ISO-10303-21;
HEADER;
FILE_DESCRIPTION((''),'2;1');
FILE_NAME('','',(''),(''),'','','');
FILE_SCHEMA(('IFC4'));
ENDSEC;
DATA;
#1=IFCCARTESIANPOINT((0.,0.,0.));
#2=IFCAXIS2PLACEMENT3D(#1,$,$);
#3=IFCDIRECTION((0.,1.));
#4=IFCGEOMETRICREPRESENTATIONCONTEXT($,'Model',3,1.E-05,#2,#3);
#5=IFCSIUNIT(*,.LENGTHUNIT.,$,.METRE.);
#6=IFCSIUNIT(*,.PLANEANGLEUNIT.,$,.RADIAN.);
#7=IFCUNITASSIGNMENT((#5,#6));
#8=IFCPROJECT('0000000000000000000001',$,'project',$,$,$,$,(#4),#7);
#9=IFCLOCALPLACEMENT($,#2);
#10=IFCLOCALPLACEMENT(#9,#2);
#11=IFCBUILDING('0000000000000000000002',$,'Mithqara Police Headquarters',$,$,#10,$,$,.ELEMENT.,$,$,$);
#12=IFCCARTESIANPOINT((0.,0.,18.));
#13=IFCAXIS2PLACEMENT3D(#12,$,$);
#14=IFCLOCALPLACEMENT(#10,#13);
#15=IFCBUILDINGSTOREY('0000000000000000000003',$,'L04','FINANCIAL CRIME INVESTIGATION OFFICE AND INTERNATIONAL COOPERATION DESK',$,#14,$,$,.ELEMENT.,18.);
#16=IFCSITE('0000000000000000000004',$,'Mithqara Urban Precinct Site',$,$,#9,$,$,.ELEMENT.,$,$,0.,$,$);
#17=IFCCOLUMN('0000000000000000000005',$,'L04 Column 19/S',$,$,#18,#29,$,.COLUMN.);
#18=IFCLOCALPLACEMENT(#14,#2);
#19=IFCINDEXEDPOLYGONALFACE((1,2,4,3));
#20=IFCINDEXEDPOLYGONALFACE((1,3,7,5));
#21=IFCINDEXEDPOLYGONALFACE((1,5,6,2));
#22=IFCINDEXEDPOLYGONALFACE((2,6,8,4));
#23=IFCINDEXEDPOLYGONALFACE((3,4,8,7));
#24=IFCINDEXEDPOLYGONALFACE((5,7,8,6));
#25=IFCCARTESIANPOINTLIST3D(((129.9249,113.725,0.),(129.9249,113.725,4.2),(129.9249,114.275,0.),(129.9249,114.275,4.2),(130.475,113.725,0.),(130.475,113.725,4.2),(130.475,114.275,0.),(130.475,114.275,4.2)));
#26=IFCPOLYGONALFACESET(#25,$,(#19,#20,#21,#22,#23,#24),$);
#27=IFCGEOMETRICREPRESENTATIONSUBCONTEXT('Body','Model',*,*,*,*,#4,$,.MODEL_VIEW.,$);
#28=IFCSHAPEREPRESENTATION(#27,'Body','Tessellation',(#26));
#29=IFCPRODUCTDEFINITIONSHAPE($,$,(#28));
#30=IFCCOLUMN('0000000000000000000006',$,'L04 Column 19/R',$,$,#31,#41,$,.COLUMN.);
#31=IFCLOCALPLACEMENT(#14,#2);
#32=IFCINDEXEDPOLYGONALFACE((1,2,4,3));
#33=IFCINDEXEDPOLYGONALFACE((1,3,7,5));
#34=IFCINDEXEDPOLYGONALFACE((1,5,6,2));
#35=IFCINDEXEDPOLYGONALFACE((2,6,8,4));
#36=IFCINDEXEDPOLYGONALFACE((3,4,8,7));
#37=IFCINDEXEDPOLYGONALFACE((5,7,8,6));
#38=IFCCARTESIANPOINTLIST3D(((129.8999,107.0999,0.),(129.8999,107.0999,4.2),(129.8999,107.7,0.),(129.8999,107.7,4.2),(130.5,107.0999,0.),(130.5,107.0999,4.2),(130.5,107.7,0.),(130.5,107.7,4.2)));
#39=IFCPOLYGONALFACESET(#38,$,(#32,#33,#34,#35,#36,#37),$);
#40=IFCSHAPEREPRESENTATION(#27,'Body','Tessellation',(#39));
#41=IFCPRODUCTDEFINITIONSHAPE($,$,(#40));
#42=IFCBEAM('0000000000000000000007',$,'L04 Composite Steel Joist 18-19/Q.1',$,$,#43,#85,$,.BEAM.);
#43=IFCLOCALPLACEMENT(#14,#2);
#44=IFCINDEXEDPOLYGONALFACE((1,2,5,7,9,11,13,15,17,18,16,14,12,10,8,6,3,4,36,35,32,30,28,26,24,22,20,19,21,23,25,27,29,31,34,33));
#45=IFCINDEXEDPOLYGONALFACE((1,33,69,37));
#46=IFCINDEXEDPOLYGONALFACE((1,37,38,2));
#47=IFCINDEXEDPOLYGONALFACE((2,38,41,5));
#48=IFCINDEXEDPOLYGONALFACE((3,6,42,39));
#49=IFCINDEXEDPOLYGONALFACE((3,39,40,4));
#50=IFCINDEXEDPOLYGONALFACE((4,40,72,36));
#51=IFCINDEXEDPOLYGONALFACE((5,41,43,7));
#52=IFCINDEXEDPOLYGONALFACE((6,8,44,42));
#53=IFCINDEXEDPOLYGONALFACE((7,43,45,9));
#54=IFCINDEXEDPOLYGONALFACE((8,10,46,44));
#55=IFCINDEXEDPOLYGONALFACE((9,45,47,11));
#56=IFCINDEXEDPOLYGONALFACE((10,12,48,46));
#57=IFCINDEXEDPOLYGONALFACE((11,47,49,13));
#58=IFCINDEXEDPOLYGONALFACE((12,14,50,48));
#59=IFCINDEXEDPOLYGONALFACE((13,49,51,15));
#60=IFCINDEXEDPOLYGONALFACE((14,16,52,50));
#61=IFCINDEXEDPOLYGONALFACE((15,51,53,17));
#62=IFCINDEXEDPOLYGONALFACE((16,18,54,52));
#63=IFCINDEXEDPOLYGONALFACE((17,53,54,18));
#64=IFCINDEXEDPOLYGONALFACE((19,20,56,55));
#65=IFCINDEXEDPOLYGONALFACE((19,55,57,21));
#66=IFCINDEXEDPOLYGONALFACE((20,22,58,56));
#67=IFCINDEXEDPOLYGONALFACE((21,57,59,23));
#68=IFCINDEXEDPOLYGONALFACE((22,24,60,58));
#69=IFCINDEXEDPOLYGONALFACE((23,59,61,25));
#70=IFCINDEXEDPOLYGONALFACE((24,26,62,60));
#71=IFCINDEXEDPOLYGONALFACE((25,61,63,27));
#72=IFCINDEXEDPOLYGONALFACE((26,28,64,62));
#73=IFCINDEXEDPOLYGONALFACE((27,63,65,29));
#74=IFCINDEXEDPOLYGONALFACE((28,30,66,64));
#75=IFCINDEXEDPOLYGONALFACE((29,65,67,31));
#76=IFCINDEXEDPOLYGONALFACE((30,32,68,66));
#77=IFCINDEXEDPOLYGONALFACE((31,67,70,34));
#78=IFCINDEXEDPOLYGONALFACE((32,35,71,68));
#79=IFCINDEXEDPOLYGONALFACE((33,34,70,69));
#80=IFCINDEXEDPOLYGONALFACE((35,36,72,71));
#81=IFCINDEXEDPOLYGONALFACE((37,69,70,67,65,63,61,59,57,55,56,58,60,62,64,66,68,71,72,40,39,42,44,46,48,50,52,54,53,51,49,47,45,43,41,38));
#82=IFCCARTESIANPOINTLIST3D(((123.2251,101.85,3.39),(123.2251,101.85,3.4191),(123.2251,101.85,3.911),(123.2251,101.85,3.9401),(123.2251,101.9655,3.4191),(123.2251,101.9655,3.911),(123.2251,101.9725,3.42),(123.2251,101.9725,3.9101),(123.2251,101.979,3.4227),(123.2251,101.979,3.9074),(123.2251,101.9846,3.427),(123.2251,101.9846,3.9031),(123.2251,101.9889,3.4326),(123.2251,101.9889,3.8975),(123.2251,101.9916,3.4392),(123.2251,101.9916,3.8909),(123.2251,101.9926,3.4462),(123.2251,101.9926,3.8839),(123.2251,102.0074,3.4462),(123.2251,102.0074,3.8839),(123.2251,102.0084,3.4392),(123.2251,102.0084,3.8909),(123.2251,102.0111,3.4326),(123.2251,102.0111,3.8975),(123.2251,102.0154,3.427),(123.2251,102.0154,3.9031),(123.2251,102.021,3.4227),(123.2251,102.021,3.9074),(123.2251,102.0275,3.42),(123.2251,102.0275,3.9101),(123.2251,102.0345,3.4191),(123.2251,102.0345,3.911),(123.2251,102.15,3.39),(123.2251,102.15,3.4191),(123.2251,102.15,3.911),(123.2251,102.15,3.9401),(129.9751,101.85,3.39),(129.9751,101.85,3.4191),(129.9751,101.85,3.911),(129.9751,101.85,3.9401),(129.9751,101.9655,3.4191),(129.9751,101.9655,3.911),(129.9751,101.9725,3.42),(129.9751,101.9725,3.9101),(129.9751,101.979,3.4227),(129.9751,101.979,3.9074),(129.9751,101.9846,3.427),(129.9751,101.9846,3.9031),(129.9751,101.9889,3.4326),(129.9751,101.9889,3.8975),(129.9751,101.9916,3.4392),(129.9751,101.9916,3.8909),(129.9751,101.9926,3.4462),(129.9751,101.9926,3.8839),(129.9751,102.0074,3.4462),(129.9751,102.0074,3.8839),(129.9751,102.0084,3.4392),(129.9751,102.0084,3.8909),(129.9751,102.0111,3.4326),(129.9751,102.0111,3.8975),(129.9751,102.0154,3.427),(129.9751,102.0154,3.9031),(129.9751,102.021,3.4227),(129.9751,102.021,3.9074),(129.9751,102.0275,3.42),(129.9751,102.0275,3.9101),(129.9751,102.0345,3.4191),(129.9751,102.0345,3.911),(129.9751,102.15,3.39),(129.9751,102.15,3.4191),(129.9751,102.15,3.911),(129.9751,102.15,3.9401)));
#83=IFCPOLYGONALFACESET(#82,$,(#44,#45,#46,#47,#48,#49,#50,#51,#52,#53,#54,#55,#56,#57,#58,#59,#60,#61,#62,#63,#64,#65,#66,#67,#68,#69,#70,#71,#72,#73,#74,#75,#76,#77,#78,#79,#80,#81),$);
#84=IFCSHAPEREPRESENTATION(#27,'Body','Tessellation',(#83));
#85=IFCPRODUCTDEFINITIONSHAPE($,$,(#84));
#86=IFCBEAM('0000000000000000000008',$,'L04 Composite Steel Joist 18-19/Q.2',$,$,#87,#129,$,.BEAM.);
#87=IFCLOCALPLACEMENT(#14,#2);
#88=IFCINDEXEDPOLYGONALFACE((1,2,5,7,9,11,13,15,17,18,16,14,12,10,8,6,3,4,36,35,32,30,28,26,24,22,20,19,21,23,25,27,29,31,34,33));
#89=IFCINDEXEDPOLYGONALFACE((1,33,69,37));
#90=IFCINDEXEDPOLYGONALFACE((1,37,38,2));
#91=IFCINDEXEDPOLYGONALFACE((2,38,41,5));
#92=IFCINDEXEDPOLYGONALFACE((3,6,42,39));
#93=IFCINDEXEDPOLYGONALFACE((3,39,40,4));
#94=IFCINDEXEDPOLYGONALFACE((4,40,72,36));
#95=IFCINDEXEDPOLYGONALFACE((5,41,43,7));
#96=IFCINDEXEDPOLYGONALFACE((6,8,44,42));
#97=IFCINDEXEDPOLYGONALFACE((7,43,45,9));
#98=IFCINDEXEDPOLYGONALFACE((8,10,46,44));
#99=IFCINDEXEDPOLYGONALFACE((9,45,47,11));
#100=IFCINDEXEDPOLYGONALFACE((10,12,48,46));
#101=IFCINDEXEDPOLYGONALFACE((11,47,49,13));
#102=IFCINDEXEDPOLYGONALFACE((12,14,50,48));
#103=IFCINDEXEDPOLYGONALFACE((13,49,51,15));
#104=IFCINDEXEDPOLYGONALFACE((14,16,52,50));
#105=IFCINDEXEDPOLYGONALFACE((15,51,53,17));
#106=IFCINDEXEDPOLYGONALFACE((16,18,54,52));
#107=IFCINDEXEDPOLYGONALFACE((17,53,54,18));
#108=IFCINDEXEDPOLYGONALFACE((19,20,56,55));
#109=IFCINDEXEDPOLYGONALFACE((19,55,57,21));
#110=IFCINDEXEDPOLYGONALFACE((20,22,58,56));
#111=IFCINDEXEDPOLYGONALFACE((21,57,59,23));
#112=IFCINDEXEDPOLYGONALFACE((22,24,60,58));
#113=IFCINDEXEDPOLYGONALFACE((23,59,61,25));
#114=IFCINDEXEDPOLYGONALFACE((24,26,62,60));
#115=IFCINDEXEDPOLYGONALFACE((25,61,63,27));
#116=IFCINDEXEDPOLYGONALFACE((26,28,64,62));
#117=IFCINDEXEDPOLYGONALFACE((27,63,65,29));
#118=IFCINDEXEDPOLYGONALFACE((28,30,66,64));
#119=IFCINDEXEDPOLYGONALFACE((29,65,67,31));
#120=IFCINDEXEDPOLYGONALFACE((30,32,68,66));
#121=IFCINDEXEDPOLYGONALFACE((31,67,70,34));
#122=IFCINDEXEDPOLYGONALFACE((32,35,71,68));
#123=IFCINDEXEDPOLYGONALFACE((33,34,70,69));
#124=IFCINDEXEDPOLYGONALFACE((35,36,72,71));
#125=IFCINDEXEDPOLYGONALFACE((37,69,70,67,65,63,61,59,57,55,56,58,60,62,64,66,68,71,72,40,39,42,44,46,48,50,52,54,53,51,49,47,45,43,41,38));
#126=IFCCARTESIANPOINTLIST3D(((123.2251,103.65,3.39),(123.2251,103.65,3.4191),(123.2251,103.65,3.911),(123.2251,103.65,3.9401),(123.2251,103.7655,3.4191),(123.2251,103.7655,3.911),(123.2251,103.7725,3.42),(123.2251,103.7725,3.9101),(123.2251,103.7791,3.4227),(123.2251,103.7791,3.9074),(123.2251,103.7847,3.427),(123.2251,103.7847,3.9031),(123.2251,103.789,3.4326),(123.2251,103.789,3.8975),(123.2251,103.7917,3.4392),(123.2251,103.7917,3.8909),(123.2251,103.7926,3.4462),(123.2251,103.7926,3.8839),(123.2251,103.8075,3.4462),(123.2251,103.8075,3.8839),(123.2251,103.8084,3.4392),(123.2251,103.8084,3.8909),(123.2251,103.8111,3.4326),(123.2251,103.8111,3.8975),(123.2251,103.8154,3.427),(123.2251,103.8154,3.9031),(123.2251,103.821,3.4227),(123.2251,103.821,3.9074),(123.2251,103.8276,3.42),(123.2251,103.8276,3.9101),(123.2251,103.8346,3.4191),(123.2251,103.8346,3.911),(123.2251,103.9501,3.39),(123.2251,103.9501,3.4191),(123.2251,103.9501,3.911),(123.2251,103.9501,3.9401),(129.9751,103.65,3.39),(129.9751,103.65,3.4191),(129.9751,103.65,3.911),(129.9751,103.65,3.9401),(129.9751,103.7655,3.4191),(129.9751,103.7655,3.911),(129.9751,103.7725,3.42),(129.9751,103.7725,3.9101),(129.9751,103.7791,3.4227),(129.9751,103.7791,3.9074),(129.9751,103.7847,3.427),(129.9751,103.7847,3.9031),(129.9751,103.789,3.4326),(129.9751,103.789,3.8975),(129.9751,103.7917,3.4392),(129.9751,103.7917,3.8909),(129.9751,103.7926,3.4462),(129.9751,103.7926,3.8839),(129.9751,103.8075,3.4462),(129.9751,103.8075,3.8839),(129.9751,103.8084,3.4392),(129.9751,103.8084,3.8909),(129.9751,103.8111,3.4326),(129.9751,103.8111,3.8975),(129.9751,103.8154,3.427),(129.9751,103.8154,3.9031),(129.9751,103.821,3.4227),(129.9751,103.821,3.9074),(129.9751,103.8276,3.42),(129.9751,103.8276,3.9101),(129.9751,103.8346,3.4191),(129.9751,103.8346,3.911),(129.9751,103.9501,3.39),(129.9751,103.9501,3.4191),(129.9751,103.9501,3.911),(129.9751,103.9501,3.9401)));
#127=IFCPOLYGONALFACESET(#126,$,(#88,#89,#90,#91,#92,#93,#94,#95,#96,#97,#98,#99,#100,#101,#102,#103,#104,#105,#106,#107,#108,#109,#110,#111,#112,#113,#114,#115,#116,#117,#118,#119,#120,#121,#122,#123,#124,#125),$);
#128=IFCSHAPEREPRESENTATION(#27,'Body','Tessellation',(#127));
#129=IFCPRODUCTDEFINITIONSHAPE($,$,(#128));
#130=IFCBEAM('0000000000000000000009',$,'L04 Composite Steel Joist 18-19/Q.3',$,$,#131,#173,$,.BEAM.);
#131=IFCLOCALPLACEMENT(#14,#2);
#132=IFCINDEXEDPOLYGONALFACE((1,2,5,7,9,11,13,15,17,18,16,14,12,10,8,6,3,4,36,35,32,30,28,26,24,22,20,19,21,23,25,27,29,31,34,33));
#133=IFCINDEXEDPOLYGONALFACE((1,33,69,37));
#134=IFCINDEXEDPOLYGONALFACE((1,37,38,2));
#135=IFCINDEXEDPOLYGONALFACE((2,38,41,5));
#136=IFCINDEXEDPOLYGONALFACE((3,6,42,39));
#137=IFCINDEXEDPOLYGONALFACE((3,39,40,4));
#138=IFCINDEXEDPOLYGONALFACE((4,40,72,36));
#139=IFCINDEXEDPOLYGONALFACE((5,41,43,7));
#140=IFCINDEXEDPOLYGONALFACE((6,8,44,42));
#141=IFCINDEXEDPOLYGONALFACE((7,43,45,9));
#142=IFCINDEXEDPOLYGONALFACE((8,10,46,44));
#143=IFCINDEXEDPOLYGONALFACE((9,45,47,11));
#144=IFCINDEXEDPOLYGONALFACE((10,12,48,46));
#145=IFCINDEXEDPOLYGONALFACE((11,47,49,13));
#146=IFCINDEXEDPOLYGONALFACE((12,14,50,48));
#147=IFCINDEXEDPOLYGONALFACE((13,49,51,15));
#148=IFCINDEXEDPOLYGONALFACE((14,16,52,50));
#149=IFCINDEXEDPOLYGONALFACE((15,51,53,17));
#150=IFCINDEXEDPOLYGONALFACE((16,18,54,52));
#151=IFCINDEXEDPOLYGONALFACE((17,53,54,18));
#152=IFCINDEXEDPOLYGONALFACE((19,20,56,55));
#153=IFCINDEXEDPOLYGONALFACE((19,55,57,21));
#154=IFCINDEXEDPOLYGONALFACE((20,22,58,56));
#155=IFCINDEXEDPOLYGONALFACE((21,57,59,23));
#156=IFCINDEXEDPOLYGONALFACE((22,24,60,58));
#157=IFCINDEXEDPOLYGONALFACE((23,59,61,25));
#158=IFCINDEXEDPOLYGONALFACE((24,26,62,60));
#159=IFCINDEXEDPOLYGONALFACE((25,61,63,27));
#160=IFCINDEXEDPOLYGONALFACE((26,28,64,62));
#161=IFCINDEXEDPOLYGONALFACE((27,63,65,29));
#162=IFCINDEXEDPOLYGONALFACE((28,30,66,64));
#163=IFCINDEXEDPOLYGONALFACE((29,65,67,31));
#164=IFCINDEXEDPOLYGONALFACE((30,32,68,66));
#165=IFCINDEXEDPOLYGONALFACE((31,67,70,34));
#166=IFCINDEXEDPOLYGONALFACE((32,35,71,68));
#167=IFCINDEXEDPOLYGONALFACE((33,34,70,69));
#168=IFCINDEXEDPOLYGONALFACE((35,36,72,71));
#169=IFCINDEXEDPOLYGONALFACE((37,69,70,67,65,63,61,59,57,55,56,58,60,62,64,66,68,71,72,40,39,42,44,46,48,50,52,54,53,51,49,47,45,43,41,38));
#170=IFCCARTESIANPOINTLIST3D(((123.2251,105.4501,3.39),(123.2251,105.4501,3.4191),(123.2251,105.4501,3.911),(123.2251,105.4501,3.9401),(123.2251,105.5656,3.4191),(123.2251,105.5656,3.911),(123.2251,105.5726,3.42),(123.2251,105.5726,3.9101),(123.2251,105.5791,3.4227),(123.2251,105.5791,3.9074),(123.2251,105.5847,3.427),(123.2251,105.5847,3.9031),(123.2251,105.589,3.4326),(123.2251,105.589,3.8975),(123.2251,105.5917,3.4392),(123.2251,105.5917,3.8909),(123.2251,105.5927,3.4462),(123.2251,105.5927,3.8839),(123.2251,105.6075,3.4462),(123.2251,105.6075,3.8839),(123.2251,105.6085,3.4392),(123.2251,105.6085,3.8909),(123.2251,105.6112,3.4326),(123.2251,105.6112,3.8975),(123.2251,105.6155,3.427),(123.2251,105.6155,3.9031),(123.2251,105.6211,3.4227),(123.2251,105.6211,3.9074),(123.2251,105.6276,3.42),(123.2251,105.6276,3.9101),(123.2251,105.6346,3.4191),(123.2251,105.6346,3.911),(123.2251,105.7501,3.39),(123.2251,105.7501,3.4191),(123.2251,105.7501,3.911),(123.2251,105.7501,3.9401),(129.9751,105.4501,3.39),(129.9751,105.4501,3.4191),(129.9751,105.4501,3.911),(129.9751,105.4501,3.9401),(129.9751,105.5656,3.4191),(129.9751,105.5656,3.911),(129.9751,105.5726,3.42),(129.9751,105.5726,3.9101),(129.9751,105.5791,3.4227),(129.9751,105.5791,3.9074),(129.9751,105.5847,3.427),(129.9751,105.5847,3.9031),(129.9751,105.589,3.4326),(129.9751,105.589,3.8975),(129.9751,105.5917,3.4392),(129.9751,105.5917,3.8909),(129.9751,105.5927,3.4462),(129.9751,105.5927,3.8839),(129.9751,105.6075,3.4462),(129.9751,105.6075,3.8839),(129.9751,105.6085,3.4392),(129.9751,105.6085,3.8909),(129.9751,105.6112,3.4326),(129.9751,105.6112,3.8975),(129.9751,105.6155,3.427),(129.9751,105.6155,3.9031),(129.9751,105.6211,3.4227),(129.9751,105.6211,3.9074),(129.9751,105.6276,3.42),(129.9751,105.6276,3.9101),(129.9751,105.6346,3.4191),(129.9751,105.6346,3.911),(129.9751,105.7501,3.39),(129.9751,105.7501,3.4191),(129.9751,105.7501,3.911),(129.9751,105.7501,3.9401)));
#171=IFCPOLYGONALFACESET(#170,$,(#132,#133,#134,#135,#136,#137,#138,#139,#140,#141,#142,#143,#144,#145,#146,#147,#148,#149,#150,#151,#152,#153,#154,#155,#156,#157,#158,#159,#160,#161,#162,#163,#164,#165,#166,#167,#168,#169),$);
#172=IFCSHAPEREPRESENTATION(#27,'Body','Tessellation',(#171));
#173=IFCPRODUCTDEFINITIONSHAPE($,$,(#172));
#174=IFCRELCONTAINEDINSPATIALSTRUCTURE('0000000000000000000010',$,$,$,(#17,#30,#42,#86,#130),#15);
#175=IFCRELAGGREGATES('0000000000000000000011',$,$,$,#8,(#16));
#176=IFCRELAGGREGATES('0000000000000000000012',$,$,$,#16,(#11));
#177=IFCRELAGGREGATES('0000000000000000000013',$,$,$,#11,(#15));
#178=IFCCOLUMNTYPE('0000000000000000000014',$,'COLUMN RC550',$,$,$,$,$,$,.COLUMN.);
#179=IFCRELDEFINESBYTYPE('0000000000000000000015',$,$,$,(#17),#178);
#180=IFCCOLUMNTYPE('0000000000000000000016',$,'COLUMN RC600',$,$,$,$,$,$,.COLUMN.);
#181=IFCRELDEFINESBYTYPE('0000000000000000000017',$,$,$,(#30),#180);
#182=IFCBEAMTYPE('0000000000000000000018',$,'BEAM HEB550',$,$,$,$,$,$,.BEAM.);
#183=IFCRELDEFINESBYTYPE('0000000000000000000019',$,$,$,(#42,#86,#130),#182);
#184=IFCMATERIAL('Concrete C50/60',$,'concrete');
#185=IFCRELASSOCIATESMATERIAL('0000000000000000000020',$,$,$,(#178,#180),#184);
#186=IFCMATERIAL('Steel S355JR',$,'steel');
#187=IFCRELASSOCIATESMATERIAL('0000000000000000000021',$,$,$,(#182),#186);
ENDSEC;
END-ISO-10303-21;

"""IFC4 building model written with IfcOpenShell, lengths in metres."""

from ifc_helpers import new_model, si_unit, direction, frame, origin, origin_2d, place, context, subcontext, project, spatial, rectangle, i_section, extrude, material, material_profile, profile_set, type_object, element, save


model = new_model("IFC4")

# Units and contexts
model_context = context("Model", 3, precision=1e-05, world=origin(), true_north=direction((0.0, 1.0)))
body_context = subcontext(model_context, "Body", "Model", "MODEL_VIEW")
ifc_project = project(units=[si_unit("LENGTHUNIT", "METRE"), si_unit("PLANEANGLEUNIT", "RADIAN")], contexts=[model_context])

# Site, building, storey
site_placement = place(None, origin())
site = spatial("IfcSite", under=ifc_project, at=site_placement, Name="Mithqara Urban Precinct Site", CompositionType="ELEMENT", RefElevation=0.0)
building_placement = place(site_placement, origin())
building = spatial("IfcBuilding", under=site, at=building_placement, Name="Mithqara Police Headquarters", CompositionType="ELEMENT")
storey_placement = place(building_placement, frame((0.0, 0.0, 18.0)))
storey = spatial("IfcBuildingStorey", under=building, at=storey_placement, Name="L04", Description="FINANCIAL CRIME INVESTIGATION OFFICE AND INTERNATIONAL COOPERATION DESK", CompositionType="ELEMENT", Elevation=18.0)

# Columns
ifc_material_1 = material(Name="Concrete C50/60", Category="concrete")
ifc_material_profile_1 = material_profile(ifc_material_1, rectangle(XDim=0.55, YDim=0.55, at=origin_2d()), Name="RC 550x550")
ifc_profile_set_1 = profile_set([ifc_material_profile_1], Name="Concrete C50/60")
column_type_1 = type_object("IfcColumnType", Name="COLUMN RC550", PredefinedType="COLUMN", material=ifc_profile_set_1)
column_1_placement = place(storey_placement, frame((130.2, 114.0, 0.0), z_axis=(0.0, 0.0, 1.0), x_axis=(1.0, 0.0, 0.0)))
element("IfcColumn", 1, at=column_1_placement, inside=storey, type_object=column_type_1, Name="L04 Column 19/S", PredefinedType="COLUMN", context=body_context, shape_type="SweptSolid", body=[
    extrude(rectangle(XDim=0.55, YDim=0.55, at=origin_2d()), origin(), (0.0, 0.0, 1.0), 4.2),
])
ifc_material_profile_2 = material_profile(ifc_material_1, rectangle(XDim=0.6001, YDim=0.6001, at=origin_2d()), Name="RC 600x600")
ifc_profile_set_2 = profile_set([ifc_material_profile_2], Name="Concrete C50/60")
column_type_2 = type_object("IfcColumnType", Name="COLUMN RC600", PredefinedType="COLUMN", material=ifc_profile_set_2)
column_2_placement = place(storey_placement, frame((130.2, 107.3999, 0.0), z_axis=(0.0, 0.0, 1.0), x_axis=(1.0, 0.0, 0.0)))
element("IfcColumn", 2, at=column_2_placement, inside=storey, type_object=column_type_2, Name="L04 Column 19/R", PredefinedType="COLUMN", context=body_context, shape_type="SweptSolid", body=[
    extrude(rectangle(XDim=0.6001, YDim=0.6001, at=origin_2d()), origin(), (0.0, 0.0, 1.0), 4.2),
])

# Beams
ifc_material_2 = material(Name="Steel S355JR", Category="steel")
ifc_material_profile_3 = material_profile(ifc_material_2, i_section(OverallWidth=0.3, OverallDepth=0.55, WebThickness=0.0149, FlangeThickness=0.0291, FilletRadius=0.0271, at=origin_2d()), Name="HEB 550")
ifc_profile_set_3 = profile_set([ifc_material_profile_3], Name="Steel S355JR")
beam_type_1 = type_object("IfcBeamType", Name="BEAM HEB550", PredefinedType="BEAM", material=ifc_profile_set_3)
for number, where, z_axis, x_axis, name in (
    (3, (123.2251, 102.0, 3.665), (1.0, 0.0, 0.0), (0.0, 1.0, 0.0), "L04 Composite Steel Joist 18-19/Q.1"),
    (4, (123.2251, 103.8, 3.665), (1.0, 0.0, 0.0), (0.0, 1.0, 0.0), "L04 Composite Steel Joist 18-19/Q.2"),
    (5, (123.2251, 105.6001, 3.665), (1.0, 0.0, 0.0), (0.0, 1.0, 0.0), "L04 Composite Steel Joist 18-19/Q.3"),
):
    element("IfcBeam", number, at=place(storey_placement, frame(where, z_axis=z_axis, x_axis=x_axis)), inside=storey, type_object=beam_type_1, Name=name, PredefinedType="BEAM", context=body_context, shape_type="SweptSolid", body=[
        extrude(i_section(OverallWidth=0.3, OverallDepth=0.55, WebThickness=0.0149, FlangeThickness=0.0291, FilletRadius=0.0271, at=origin_2d()), origin(), (0.0, 0.0, 1.0), 6.75),
    ])

save(model, "model.ifc")
